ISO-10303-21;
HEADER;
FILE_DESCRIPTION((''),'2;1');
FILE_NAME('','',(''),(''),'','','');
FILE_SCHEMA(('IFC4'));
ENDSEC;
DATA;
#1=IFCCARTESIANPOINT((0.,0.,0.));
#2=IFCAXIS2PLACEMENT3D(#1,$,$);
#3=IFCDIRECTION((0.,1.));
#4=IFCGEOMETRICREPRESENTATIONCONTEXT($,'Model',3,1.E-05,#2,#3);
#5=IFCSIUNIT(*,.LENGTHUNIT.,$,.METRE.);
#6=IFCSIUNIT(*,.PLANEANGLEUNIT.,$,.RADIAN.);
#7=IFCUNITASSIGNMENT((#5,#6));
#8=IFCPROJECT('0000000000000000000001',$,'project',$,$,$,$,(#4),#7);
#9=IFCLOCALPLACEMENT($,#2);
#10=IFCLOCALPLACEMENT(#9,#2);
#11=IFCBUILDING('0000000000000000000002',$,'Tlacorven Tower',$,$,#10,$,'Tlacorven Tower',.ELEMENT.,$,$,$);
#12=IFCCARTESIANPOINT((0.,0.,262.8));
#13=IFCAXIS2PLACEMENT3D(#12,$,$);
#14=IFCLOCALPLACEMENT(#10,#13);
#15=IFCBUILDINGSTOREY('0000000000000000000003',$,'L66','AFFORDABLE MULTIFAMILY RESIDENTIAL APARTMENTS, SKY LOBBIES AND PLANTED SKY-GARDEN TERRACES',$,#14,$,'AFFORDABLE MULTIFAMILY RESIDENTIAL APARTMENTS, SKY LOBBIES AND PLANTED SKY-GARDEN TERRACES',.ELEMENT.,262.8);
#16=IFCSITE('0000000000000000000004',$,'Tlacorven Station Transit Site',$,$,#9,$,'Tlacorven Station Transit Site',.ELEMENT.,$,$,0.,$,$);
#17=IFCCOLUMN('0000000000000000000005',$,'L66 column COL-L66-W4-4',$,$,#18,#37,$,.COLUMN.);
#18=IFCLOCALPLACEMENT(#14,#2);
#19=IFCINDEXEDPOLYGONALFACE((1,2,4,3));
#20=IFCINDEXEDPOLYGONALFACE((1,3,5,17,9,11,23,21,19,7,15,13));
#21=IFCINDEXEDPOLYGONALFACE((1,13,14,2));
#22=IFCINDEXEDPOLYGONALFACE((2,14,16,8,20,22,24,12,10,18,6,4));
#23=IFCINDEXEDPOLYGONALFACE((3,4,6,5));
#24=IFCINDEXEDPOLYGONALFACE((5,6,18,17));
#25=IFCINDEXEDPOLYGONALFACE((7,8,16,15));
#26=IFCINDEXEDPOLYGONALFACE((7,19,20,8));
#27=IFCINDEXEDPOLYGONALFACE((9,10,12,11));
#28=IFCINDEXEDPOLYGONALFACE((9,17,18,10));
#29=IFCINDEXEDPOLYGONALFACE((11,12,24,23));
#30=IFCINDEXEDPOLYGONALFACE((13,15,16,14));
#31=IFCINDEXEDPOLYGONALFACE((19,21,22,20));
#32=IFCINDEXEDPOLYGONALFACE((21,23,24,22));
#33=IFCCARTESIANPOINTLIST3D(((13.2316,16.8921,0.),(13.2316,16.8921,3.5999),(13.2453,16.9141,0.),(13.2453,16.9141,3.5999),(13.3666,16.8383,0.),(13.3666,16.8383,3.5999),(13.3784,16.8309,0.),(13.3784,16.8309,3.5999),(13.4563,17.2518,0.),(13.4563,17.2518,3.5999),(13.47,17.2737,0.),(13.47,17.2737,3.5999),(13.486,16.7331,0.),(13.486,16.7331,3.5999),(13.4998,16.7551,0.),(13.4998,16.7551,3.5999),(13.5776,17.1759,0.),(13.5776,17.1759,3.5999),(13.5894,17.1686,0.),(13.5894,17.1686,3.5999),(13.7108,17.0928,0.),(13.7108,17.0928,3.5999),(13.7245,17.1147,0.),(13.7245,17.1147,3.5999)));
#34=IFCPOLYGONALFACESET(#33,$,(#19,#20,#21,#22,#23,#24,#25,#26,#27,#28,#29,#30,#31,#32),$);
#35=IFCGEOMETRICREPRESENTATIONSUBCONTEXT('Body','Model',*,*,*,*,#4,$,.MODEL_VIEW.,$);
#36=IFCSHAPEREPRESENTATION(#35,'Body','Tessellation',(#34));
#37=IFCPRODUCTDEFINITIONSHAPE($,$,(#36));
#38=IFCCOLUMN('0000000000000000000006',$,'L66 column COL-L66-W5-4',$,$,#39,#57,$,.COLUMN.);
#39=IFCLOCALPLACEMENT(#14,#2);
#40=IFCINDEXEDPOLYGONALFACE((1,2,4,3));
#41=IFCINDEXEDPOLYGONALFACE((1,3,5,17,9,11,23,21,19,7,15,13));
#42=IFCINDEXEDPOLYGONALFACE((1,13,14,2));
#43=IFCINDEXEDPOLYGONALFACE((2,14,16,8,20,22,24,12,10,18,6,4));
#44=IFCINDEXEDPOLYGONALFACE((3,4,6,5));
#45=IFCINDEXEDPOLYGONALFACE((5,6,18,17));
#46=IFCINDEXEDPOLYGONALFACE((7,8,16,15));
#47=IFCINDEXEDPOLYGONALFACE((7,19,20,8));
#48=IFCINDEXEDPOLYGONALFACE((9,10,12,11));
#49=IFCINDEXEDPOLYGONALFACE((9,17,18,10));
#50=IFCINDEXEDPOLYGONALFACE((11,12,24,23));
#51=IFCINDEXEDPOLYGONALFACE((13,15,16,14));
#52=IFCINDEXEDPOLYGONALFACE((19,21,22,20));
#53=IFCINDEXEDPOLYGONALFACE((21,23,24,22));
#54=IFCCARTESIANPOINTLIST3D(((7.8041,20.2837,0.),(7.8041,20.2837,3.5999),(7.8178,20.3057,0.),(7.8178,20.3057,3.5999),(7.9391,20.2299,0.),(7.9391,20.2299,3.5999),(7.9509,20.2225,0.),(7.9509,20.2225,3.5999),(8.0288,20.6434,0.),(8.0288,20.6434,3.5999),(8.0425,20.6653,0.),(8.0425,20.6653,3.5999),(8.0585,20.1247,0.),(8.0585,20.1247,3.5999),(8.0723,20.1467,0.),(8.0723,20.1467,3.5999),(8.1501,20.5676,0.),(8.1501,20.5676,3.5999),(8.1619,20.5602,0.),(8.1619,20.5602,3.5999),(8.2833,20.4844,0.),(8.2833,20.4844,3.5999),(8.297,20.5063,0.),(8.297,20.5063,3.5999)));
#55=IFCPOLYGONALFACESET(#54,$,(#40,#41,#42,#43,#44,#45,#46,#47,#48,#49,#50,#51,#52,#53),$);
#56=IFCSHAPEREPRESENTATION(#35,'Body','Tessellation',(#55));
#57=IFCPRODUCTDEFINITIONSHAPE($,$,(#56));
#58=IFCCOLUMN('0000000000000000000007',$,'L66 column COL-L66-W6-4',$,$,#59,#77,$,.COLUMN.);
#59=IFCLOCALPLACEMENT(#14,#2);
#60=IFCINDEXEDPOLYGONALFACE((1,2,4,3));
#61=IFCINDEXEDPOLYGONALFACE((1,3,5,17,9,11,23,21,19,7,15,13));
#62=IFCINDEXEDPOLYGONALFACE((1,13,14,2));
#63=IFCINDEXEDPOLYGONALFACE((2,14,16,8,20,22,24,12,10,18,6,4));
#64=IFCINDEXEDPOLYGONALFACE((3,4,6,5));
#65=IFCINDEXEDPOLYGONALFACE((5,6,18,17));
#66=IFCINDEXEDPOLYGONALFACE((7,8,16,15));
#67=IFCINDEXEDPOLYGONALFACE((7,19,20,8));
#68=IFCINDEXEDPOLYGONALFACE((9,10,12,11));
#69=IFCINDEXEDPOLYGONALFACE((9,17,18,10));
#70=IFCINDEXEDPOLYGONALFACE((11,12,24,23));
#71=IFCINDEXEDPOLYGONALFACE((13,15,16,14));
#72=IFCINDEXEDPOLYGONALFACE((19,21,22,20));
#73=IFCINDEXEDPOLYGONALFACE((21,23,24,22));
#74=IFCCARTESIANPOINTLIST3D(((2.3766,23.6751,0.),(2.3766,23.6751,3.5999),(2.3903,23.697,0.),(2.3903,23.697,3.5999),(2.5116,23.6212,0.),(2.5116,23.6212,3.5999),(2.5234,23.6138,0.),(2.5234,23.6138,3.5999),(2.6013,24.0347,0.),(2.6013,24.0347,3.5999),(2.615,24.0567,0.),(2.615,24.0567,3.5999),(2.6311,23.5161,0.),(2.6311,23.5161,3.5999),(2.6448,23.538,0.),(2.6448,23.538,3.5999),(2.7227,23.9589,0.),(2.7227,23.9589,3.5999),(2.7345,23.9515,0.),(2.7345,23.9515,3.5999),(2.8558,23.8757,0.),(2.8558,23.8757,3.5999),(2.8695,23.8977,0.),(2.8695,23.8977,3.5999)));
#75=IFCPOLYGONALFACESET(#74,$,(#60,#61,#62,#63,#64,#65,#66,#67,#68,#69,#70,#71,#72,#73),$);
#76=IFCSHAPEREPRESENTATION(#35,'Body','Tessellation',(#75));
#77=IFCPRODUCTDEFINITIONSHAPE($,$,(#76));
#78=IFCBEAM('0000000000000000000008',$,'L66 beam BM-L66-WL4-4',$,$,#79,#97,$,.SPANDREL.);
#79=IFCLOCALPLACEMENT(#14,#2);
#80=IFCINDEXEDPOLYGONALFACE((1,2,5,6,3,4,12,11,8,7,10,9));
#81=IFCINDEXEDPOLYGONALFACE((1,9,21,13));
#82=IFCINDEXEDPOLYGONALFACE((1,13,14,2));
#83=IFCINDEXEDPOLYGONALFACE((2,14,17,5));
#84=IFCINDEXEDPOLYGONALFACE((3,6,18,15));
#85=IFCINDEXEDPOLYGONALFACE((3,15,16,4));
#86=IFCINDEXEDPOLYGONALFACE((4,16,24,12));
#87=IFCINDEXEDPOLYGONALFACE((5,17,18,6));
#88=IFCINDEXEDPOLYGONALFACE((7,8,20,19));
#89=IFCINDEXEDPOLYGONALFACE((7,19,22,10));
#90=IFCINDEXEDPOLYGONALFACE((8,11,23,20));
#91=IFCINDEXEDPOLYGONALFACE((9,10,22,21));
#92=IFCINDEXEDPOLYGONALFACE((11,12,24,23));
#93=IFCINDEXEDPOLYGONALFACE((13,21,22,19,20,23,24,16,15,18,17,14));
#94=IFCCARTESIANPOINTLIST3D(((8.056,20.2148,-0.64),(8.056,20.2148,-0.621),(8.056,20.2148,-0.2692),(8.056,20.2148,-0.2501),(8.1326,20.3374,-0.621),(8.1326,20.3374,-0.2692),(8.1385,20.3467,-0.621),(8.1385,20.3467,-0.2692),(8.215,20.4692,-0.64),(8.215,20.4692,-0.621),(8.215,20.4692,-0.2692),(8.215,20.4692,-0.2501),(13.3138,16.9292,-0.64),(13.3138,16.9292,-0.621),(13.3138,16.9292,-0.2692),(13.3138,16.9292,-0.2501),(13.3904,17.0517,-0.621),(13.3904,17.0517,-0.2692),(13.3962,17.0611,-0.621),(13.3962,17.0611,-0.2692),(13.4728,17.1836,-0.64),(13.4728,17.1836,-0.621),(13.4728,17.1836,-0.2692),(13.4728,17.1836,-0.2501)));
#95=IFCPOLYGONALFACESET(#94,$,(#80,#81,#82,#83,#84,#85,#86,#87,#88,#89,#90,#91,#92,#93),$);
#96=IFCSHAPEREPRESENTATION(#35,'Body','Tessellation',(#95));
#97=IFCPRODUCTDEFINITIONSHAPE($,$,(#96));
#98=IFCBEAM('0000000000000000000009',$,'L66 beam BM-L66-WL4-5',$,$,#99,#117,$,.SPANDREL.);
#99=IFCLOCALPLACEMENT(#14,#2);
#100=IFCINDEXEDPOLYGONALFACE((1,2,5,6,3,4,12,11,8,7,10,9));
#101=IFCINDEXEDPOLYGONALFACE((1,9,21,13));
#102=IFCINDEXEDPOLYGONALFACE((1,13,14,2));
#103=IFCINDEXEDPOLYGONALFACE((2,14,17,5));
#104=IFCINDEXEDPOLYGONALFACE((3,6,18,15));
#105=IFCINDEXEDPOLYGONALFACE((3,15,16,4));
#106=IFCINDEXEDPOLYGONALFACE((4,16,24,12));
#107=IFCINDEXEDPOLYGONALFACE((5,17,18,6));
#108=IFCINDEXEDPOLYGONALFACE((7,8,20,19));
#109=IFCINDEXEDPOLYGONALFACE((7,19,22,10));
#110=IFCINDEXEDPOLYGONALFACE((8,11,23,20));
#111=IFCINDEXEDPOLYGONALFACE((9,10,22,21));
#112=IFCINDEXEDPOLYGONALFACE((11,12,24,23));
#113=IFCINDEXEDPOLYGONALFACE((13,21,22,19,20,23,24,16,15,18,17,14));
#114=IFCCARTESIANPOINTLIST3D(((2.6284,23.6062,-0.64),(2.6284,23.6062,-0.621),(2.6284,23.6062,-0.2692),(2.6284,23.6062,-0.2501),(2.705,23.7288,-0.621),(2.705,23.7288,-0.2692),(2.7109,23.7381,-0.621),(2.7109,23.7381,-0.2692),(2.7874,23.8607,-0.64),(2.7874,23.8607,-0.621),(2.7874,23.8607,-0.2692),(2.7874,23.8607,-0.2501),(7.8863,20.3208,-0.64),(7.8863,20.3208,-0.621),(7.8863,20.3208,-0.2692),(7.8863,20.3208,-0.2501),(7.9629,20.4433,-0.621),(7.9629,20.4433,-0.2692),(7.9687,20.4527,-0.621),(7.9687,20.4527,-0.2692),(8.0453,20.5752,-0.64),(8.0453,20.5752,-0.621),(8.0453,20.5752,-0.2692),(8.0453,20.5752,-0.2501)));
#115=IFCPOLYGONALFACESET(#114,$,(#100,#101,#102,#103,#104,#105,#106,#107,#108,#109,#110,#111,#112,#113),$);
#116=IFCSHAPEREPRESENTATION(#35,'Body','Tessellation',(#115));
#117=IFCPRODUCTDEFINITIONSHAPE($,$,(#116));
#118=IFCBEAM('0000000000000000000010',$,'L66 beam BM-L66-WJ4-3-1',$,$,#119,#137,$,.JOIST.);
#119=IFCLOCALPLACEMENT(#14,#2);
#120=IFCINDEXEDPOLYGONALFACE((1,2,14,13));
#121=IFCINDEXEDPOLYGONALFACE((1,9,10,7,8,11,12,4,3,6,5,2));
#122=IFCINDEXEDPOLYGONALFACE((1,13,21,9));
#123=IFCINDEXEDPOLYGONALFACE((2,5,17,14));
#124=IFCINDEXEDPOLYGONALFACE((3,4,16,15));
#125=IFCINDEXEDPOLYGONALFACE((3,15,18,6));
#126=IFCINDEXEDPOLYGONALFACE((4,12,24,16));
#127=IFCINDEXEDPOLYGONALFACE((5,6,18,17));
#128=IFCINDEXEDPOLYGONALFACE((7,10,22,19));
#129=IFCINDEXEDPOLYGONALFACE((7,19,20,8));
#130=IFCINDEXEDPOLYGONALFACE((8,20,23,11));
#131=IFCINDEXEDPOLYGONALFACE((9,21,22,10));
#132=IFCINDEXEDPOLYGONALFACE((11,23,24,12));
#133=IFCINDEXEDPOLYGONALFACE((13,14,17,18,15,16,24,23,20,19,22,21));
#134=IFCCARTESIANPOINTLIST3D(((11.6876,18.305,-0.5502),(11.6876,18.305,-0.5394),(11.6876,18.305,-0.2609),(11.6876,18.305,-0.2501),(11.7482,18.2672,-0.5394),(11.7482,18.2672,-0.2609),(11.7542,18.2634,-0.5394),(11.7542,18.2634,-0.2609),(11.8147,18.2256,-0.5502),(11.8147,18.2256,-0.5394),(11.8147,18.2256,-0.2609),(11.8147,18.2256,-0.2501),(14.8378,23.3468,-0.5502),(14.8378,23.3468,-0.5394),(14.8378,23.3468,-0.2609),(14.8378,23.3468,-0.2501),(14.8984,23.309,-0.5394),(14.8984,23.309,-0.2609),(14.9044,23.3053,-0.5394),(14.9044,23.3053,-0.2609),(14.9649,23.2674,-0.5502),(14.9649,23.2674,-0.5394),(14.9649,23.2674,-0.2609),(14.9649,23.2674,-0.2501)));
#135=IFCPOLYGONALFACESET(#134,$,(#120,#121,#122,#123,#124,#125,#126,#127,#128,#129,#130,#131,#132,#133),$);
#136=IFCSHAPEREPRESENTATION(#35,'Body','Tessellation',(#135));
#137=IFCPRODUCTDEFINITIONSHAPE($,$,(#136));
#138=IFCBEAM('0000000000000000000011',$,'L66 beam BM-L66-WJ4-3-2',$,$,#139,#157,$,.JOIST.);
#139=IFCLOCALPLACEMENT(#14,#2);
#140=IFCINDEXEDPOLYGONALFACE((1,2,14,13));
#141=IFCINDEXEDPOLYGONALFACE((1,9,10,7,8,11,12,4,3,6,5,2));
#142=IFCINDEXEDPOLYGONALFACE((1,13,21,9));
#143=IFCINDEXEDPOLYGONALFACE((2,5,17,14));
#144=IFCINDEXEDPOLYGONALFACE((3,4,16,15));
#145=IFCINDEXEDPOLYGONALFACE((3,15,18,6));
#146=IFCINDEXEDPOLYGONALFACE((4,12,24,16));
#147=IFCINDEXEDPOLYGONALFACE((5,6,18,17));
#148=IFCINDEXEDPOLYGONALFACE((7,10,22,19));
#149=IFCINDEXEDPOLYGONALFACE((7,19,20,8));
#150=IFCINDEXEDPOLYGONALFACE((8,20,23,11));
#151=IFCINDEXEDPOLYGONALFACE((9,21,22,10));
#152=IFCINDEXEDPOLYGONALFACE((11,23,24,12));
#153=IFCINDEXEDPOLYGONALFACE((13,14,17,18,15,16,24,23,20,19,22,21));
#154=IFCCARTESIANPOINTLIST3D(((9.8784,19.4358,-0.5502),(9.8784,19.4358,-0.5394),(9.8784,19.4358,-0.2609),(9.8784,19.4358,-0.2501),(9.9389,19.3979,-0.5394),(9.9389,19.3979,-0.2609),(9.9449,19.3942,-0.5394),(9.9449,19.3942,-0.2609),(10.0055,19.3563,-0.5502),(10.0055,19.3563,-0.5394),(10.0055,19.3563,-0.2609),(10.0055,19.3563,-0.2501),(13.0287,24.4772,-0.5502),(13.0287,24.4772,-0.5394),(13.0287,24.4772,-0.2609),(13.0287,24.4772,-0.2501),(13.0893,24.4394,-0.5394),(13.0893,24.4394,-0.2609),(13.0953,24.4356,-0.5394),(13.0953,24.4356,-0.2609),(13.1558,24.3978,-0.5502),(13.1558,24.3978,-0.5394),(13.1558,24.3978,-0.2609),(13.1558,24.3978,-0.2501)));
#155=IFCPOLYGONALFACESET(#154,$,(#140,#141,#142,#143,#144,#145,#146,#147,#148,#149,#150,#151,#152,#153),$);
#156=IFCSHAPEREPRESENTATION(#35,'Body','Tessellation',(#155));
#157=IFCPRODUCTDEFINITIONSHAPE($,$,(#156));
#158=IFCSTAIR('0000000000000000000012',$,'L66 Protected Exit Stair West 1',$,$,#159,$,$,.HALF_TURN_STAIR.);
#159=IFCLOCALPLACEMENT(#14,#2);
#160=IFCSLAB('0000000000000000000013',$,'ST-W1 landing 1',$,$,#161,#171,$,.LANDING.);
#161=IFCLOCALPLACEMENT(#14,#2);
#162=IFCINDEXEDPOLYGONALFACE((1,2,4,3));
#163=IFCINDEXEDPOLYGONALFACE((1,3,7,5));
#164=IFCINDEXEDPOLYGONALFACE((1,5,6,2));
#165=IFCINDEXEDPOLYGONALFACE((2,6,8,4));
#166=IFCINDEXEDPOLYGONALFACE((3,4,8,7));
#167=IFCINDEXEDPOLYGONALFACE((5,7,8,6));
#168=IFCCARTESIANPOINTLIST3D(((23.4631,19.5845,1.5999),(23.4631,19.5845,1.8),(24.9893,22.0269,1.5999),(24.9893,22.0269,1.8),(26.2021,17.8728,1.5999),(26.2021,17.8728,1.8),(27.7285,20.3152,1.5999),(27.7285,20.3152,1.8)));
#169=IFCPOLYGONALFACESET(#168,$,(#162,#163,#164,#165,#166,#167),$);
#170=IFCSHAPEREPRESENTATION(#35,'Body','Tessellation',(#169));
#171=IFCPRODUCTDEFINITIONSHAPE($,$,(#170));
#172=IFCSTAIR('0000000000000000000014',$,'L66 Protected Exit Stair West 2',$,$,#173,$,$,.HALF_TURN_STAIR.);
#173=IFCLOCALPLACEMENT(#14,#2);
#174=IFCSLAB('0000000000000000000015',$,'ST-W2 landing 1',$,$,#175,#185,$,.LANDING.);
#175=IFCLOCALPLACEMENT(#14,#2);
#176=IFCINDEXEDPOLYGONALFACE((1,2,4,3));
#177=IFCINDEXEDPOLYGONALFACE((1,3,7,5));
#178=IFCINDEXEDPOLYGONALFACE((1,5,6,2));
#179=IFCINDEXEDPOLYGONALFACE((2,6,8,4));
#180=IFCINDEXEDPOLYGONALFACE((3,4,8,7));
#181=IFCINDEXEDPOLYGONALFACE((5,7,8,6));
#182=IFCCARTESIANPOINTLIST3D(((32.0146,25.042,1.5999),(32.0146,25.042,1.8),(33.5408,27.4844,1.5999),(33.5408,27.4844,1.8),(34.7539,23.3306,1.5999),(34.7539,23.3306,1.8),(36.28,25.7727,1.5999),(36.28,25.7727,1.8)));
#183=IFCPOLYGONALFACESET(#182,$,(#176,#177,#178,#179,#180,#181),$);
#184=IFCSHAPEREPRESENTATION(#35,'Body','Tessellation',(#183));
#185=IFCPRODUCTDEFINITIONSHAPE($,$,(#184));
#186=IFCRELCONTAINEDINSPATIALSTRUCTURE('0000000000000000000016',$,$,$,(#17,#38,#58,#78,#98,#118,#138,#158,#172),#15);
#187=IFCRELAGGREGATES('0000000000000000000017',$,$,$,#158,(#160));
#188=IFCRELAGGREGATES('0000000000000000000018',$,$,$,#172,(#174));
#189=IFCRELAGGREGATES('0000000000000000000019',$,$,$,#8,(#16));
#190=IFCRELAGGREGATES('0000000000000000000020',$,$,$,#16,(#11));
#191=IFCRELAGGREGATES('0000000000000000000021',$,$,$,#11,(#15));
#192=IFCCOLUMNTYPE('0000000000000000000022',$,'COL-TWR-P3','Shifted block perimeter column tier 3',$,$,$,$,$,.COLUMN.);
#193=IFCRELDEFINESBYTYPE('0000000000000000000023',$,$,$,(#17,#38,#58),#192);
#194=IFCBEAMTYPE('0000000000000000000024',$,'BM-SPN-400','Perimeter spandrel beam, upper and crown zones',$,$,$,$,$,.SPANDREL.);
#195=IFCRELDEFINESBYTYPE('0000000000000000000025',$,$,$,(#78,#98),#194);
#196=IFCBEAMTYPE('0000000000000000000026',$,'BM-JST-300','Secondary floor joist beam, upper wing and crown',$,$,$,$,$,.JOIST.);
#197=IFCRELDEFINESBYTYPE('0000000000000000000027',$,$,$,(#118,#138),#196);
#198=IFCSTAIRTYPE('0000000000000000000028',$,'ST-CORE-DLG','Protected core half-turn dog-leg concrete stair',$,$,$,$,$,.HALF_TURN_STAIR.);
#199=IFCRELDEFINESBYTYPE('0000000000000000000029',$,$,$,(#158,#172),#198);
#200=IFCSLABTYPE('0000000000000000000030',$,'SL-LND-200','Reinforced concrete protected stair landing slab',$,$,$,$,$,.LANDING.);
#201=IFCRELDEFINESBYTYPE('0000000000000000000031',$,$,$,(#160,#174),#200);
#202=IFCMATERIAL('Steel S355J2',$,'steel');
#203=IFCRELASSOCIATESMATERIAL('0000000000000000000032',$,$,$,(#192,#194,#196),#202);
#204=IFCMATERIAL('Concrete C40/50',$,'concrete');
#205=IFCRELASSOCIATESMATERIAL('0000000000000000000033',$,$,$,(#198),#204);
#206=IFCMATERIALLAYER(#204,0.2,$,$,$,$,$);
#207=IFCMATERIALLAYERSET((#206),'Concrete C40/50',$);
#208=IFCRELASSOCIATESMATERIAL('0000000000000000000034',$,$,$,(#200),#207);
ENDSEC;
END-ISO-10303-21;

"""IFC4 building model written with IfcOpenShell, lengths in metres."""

from ifc_helpers import new_model, si_unit, direction, frame, origin, origin_2d, place, context, subcontext, project, spatial, polyline, i_section, outline, extrude, source, transform, mapped, material, layer, layer_set, material_profile, profile_set, type_object, element, aggregate, save


model = new_model("IFC4")

# Units and contexts
model_context = context("Model", 3, precision=1e-05, world=origin(), true_north=direction((0.0, 1.0)))
body_context = subcontext(model_context, "Body", "Model", "MODEL_VIEW")
ifc_project = project(units=[si_unit("LENGTHUNIT", "METRE"), si_unit("PLANEANGLEUNIT", "RADIAN")], contexts=[model_context])

# Site, building, storey
site_placement = place(None, origin())
site = spatial("IfcSite", under=ifc_project, at=site_placement, Name="Tlacorven Station Transit Site", LongName="Tlacorven Station Transit Site", CompositionType="ELEMENT", RefElevation=0.0)
building_placement = place(site_placement, origin())
building = spatial("IfcBuilding", under=site, at=building_placement, Name="Tlacorven Tower", LongName="Tlacorven Tower", CompositionType="ELEMENT")
storey_placement = place(building_placement, frame((0.0, 0.0, 262.8)))
storey = spatial("IfcBuildingStorey", under=building, at=storey_placement, Name="L66", Description="AFFORDABLE MULTIFAMILY RESIDENTIAL APARTMENTS, SKY LOBBIES AND PLANTED SKY-GARDEN TERRACES", LongName="AFFORDABLE MULTIFAMILY RESIDENTIAL APARTMENTS, SKY LOBBIES AND PLANTED SKY-GARDEN TERRACES", CompositionType="ELEMENT", Elevation=262.8)

# Columns
ifc_material_1 = material(Name="Steel S355J2", Category="steel")
ifc_material_profile_1 = material_profile(ifc_material_1, i_section(OverallWidth=0.3, OverallDepth=0.45, WebThickness=0.0139, FlangeThickness=0.0259, at=origin_2d()), Name="HEB 450")
ifc_profile_set_1 = profile_set([ifc_material_profile_1], Name="Steel S355J2")
column_type = type_object("IfcColumnType", Name="COL-TWR-P3", Description="Shifted block perimeter column tier 3", PredefinedType="COLUMN", material=ifc_profile_set_1)
shared_shape_1 = source(origin(), body_context, "Body", "SweptSolid", [
    extrude(i_section(OverallWidth=0.3, OverallDepth=0.45, WebThickness=0.0139, FlangeThickness=0.0259, at=origin_2d()), origin(), (0.0, 0.0, 1.0), 3.5999),
])
for number, where, z_axis, x_axis, name in (
    (1, (13.478, 17.0034, 0.0), (0.0, 0.0, 1.0), (-0.848048, 0.529919, 0.0), "L66 column COL-L66-W4-4"),
    (2, (8.0505, 20.395, 0.0), (0.0, 0.0, 1.0), (-0.848048, 0.529919, 0.0), "L66 column COL-L66-W5-4"),
    (3, (2.623, 23.7864, 0.0), (0.0, 0.0, 1.0), (-0.848048, 0.529919, 0.0), "L66 column COL-L66-W6-4"),
):
    element("IfcColumn", number, at=place(storey_placement, frame(where, z_axis=z_axis, x_axis=x_axis)), inside=storey, type_object=column_type, Name=name, PredefinedType="COLUMN", context=body_context, shape_type="MappedRepresentation", body=[
        mapped(shared_shape_1, transform((0.0, 0.0, 0.0), scale=1.0)),
    ])

# Beams
ifc_material_profile_2 = material_profile(ifc_material_1, i_section(OverallWidth=0.3, OverallDepth=0.3899, WebThickness=0.011, FlangeThickness=0.019, at=origin_2d()), Name="HEA 400")
ifc_profile_set_2 = profile_set([ifc_material_profile_2], Name="Steel S355J2")
beam_type_1 = type_object("IfcBeamType", Name="BM-SPN-400", Description="Perimeter spandrel beam, upper and crown zones", PredefinedType="SPANDREL", material=ifc_profile_set_2)
shared_shape_2 = source(origin(), body_context, "Body", "SweptSolid", [
    extrude(i_section(OverallWidth=0.3, OverallDepth=0.3899, WebThickness=0.011, FlangeThickness=0.019, at=origin_2d()), origin(), (0.0, 0.0, 1.0), 6.2),
])
for number, where, z_axis, x_axis, name in (
    (4, (13.3933, 17.0564, -0.4451), (-0.848034, 0.529942, 0.0), (-0.529942, -0.848034, 0.0), "L66 beam BM-L66-WL4-4"),
    (5, (7.9658, 20.448, -0.4451), (-0.848051, 0.529914, 0.0), (-0.529914, -0.848051, 0.0), "L66 beam BM-L66-WL4-5"),
):
    element("IfcBeam", number, at=place(storey_placement, frame(where, z_axis=z_axis, x_axis=x_axis)), inside=storey, type_object=beam_type_1, Name=name, PredefinedType="SPANDREL", context=body_context, shape_type="MappedRepresentation", body=[
        mapped(shared_shape_2, transform((0.0, 0.0, 0.0), scale=1.0)),
    ])
ifc_material_profile_3 = material_profile(ifc_material_1, i_section(OverallWidth=0.1499, OverallDepth=0.3, WebThickness=0.0071, FlangeThickness=0.0107, at=origin_2d()), Name="IPE 300")
ifc_profile_set_3 = profile_set([ifc_material_profile_3], Name="Steel S355J2")
beam_type_2 = type_object("IfcBeamType", Name="BM-JST-300", Description="Secondary floor joist beam, upper wing and crown", PredefinedType="JOIST", material=ifc_profile_set_3)
shared_shape_3 = source(origin(), body_context, "Body", "SweptSolid", [
    extrude(i_section(OverallWidth=0.1499, OverallDepth=0.3, WebThickness=0.0071, FlangeThickness=0.0107, at=origin_2d()), origin(), (0.0, 0.0, 1.0), 5.9451),
])
beam_1_placement = place(storey_placement, frame((14.9014, 23.3071, -0.4001), z_axis=(-0.529885, -0.84807, 0.0), x_axis=(0.84807, -0.529885, 0.0)))
element("IfcBeam", 6, at=beam_1_placement, inside=storey, type_object=beam_type_2, Name="L66 beam BM-L66-WJ4-3-1", PredefinedType="JOIST", context=body_context, shape_type="MappedRepresentation", body=[
    mapped(shared_shape_3, transform((0.0, 0.0, 0.0), scale=1.0)),
])
shared_shape_4 = source(origin(), body_context, "Body", "SweptSolid", [
    extrude(i_section(OverallWidth=0.1499, OverallDepth=0.3, WebThickness=0.0071, FlangeThickness=0.0107, at=origin_2d()), origin(), (0.0, 0.0, 1.0), 5.9448),
])
beam_2_placement = place(storey_placement, frame((13.0923, 24.4375, -0.4001), z_axis=(-0.529932, -0.84804, 0.0), x_axis=(0.84804, -0.529932, 0.0)))
element("IfcBeam", 7, at=beam_2_placement, inside=storey, type_object=beam_type_2, Name="L66 beam BM-L66-WJ4-3-2", PredefinedType="JOIST", context=body_context, shape_type="MappedRepresentation", body=[
    mapped(shared_shape_4, transform((0.0, 0.0, 0.0), scale=1.0)),
])

# Stairs, slabs
ifc_material_2 = material(Name="Concrete C40/50", Category="concrete")
stair_type = type_object("IfcStairType", Name="ST-CORE-DLG", Description="Protected core half-turn dog-leg concrete stair", PredefinedType="HALF_TURN_STAIR", material=ifc_material_2)
stair_1_placement = place(storey_placement, origin())
stair_1 = element("IfcStair", 8, at=stair_1_placement, inside=storey, type_object=stair_type, Name="L66 Protected Exit Stair West 1", PredefinedType="HALF_TURN_STAIR")
ifc_layer_1 = layer(ifc_material_2, 0.2)
ifc_layer_set_1 = layer_set([ifc_layer_1], Name="Concrete C40/50")
slab_type = type_object("IfcSlabType", Name="SL-LND-200", Description="Reinforced concrete protected stair landing slab", PredefinedType="LANDING", material=ifc_layer_set_1)
slab_1_placement = place(storey_placement, frame((0.0, 0.0, 1.5999)))
slab_1 = element("IfcSlab", 9, at=slab_1_placement, type_object=slab_type, Name="ST-W1 landing 1", PredefinedType="LANDING", context=body_context, shape_type="SweptSolid", body=[
    extrude(outline(polyline([(27.7285, 20.3152), (24.9893, 22.0269), (23.4631, 19.5845), (26.2021, 17.8728), (27.7285, 20.3152)])), origin(), (0.0, 0.0, 1.0), 0.2002),
])
aggregate(stair_1, [slab_1])
stair_2_placement = place(storey_placement, origin())
stair_2 = element("IfcStair", 10, at=stair_2_placement, inside=storey, type_object=stair_type, Name="L66 Protected Exit Stair West 2", PredefinedType="HALF_TURN_STAIR")
slab_2_placement = place(storey_placement, frame((0.0, 0.0, 1.5999)))
slab_2 = element("IfcSlab", 11, at=slab_2_placement, type_object=slab_type, Name="ST-W2 landing 1", PredefinedType="LANDING", context=body_context, shape_type="SweptSolid", body=[
    extrude(outline(polyline([(36.28, 25.7727), (33.5408, 27.4844), (32.0146, 25.042), (34.7539, 23.3306), (36.28, 25.7727)])), origin(), (0.0, 0.0, 1.0), 0.2002),
])
aggregate(stair_2, [slab_2])

save(model, "model.ifc")
